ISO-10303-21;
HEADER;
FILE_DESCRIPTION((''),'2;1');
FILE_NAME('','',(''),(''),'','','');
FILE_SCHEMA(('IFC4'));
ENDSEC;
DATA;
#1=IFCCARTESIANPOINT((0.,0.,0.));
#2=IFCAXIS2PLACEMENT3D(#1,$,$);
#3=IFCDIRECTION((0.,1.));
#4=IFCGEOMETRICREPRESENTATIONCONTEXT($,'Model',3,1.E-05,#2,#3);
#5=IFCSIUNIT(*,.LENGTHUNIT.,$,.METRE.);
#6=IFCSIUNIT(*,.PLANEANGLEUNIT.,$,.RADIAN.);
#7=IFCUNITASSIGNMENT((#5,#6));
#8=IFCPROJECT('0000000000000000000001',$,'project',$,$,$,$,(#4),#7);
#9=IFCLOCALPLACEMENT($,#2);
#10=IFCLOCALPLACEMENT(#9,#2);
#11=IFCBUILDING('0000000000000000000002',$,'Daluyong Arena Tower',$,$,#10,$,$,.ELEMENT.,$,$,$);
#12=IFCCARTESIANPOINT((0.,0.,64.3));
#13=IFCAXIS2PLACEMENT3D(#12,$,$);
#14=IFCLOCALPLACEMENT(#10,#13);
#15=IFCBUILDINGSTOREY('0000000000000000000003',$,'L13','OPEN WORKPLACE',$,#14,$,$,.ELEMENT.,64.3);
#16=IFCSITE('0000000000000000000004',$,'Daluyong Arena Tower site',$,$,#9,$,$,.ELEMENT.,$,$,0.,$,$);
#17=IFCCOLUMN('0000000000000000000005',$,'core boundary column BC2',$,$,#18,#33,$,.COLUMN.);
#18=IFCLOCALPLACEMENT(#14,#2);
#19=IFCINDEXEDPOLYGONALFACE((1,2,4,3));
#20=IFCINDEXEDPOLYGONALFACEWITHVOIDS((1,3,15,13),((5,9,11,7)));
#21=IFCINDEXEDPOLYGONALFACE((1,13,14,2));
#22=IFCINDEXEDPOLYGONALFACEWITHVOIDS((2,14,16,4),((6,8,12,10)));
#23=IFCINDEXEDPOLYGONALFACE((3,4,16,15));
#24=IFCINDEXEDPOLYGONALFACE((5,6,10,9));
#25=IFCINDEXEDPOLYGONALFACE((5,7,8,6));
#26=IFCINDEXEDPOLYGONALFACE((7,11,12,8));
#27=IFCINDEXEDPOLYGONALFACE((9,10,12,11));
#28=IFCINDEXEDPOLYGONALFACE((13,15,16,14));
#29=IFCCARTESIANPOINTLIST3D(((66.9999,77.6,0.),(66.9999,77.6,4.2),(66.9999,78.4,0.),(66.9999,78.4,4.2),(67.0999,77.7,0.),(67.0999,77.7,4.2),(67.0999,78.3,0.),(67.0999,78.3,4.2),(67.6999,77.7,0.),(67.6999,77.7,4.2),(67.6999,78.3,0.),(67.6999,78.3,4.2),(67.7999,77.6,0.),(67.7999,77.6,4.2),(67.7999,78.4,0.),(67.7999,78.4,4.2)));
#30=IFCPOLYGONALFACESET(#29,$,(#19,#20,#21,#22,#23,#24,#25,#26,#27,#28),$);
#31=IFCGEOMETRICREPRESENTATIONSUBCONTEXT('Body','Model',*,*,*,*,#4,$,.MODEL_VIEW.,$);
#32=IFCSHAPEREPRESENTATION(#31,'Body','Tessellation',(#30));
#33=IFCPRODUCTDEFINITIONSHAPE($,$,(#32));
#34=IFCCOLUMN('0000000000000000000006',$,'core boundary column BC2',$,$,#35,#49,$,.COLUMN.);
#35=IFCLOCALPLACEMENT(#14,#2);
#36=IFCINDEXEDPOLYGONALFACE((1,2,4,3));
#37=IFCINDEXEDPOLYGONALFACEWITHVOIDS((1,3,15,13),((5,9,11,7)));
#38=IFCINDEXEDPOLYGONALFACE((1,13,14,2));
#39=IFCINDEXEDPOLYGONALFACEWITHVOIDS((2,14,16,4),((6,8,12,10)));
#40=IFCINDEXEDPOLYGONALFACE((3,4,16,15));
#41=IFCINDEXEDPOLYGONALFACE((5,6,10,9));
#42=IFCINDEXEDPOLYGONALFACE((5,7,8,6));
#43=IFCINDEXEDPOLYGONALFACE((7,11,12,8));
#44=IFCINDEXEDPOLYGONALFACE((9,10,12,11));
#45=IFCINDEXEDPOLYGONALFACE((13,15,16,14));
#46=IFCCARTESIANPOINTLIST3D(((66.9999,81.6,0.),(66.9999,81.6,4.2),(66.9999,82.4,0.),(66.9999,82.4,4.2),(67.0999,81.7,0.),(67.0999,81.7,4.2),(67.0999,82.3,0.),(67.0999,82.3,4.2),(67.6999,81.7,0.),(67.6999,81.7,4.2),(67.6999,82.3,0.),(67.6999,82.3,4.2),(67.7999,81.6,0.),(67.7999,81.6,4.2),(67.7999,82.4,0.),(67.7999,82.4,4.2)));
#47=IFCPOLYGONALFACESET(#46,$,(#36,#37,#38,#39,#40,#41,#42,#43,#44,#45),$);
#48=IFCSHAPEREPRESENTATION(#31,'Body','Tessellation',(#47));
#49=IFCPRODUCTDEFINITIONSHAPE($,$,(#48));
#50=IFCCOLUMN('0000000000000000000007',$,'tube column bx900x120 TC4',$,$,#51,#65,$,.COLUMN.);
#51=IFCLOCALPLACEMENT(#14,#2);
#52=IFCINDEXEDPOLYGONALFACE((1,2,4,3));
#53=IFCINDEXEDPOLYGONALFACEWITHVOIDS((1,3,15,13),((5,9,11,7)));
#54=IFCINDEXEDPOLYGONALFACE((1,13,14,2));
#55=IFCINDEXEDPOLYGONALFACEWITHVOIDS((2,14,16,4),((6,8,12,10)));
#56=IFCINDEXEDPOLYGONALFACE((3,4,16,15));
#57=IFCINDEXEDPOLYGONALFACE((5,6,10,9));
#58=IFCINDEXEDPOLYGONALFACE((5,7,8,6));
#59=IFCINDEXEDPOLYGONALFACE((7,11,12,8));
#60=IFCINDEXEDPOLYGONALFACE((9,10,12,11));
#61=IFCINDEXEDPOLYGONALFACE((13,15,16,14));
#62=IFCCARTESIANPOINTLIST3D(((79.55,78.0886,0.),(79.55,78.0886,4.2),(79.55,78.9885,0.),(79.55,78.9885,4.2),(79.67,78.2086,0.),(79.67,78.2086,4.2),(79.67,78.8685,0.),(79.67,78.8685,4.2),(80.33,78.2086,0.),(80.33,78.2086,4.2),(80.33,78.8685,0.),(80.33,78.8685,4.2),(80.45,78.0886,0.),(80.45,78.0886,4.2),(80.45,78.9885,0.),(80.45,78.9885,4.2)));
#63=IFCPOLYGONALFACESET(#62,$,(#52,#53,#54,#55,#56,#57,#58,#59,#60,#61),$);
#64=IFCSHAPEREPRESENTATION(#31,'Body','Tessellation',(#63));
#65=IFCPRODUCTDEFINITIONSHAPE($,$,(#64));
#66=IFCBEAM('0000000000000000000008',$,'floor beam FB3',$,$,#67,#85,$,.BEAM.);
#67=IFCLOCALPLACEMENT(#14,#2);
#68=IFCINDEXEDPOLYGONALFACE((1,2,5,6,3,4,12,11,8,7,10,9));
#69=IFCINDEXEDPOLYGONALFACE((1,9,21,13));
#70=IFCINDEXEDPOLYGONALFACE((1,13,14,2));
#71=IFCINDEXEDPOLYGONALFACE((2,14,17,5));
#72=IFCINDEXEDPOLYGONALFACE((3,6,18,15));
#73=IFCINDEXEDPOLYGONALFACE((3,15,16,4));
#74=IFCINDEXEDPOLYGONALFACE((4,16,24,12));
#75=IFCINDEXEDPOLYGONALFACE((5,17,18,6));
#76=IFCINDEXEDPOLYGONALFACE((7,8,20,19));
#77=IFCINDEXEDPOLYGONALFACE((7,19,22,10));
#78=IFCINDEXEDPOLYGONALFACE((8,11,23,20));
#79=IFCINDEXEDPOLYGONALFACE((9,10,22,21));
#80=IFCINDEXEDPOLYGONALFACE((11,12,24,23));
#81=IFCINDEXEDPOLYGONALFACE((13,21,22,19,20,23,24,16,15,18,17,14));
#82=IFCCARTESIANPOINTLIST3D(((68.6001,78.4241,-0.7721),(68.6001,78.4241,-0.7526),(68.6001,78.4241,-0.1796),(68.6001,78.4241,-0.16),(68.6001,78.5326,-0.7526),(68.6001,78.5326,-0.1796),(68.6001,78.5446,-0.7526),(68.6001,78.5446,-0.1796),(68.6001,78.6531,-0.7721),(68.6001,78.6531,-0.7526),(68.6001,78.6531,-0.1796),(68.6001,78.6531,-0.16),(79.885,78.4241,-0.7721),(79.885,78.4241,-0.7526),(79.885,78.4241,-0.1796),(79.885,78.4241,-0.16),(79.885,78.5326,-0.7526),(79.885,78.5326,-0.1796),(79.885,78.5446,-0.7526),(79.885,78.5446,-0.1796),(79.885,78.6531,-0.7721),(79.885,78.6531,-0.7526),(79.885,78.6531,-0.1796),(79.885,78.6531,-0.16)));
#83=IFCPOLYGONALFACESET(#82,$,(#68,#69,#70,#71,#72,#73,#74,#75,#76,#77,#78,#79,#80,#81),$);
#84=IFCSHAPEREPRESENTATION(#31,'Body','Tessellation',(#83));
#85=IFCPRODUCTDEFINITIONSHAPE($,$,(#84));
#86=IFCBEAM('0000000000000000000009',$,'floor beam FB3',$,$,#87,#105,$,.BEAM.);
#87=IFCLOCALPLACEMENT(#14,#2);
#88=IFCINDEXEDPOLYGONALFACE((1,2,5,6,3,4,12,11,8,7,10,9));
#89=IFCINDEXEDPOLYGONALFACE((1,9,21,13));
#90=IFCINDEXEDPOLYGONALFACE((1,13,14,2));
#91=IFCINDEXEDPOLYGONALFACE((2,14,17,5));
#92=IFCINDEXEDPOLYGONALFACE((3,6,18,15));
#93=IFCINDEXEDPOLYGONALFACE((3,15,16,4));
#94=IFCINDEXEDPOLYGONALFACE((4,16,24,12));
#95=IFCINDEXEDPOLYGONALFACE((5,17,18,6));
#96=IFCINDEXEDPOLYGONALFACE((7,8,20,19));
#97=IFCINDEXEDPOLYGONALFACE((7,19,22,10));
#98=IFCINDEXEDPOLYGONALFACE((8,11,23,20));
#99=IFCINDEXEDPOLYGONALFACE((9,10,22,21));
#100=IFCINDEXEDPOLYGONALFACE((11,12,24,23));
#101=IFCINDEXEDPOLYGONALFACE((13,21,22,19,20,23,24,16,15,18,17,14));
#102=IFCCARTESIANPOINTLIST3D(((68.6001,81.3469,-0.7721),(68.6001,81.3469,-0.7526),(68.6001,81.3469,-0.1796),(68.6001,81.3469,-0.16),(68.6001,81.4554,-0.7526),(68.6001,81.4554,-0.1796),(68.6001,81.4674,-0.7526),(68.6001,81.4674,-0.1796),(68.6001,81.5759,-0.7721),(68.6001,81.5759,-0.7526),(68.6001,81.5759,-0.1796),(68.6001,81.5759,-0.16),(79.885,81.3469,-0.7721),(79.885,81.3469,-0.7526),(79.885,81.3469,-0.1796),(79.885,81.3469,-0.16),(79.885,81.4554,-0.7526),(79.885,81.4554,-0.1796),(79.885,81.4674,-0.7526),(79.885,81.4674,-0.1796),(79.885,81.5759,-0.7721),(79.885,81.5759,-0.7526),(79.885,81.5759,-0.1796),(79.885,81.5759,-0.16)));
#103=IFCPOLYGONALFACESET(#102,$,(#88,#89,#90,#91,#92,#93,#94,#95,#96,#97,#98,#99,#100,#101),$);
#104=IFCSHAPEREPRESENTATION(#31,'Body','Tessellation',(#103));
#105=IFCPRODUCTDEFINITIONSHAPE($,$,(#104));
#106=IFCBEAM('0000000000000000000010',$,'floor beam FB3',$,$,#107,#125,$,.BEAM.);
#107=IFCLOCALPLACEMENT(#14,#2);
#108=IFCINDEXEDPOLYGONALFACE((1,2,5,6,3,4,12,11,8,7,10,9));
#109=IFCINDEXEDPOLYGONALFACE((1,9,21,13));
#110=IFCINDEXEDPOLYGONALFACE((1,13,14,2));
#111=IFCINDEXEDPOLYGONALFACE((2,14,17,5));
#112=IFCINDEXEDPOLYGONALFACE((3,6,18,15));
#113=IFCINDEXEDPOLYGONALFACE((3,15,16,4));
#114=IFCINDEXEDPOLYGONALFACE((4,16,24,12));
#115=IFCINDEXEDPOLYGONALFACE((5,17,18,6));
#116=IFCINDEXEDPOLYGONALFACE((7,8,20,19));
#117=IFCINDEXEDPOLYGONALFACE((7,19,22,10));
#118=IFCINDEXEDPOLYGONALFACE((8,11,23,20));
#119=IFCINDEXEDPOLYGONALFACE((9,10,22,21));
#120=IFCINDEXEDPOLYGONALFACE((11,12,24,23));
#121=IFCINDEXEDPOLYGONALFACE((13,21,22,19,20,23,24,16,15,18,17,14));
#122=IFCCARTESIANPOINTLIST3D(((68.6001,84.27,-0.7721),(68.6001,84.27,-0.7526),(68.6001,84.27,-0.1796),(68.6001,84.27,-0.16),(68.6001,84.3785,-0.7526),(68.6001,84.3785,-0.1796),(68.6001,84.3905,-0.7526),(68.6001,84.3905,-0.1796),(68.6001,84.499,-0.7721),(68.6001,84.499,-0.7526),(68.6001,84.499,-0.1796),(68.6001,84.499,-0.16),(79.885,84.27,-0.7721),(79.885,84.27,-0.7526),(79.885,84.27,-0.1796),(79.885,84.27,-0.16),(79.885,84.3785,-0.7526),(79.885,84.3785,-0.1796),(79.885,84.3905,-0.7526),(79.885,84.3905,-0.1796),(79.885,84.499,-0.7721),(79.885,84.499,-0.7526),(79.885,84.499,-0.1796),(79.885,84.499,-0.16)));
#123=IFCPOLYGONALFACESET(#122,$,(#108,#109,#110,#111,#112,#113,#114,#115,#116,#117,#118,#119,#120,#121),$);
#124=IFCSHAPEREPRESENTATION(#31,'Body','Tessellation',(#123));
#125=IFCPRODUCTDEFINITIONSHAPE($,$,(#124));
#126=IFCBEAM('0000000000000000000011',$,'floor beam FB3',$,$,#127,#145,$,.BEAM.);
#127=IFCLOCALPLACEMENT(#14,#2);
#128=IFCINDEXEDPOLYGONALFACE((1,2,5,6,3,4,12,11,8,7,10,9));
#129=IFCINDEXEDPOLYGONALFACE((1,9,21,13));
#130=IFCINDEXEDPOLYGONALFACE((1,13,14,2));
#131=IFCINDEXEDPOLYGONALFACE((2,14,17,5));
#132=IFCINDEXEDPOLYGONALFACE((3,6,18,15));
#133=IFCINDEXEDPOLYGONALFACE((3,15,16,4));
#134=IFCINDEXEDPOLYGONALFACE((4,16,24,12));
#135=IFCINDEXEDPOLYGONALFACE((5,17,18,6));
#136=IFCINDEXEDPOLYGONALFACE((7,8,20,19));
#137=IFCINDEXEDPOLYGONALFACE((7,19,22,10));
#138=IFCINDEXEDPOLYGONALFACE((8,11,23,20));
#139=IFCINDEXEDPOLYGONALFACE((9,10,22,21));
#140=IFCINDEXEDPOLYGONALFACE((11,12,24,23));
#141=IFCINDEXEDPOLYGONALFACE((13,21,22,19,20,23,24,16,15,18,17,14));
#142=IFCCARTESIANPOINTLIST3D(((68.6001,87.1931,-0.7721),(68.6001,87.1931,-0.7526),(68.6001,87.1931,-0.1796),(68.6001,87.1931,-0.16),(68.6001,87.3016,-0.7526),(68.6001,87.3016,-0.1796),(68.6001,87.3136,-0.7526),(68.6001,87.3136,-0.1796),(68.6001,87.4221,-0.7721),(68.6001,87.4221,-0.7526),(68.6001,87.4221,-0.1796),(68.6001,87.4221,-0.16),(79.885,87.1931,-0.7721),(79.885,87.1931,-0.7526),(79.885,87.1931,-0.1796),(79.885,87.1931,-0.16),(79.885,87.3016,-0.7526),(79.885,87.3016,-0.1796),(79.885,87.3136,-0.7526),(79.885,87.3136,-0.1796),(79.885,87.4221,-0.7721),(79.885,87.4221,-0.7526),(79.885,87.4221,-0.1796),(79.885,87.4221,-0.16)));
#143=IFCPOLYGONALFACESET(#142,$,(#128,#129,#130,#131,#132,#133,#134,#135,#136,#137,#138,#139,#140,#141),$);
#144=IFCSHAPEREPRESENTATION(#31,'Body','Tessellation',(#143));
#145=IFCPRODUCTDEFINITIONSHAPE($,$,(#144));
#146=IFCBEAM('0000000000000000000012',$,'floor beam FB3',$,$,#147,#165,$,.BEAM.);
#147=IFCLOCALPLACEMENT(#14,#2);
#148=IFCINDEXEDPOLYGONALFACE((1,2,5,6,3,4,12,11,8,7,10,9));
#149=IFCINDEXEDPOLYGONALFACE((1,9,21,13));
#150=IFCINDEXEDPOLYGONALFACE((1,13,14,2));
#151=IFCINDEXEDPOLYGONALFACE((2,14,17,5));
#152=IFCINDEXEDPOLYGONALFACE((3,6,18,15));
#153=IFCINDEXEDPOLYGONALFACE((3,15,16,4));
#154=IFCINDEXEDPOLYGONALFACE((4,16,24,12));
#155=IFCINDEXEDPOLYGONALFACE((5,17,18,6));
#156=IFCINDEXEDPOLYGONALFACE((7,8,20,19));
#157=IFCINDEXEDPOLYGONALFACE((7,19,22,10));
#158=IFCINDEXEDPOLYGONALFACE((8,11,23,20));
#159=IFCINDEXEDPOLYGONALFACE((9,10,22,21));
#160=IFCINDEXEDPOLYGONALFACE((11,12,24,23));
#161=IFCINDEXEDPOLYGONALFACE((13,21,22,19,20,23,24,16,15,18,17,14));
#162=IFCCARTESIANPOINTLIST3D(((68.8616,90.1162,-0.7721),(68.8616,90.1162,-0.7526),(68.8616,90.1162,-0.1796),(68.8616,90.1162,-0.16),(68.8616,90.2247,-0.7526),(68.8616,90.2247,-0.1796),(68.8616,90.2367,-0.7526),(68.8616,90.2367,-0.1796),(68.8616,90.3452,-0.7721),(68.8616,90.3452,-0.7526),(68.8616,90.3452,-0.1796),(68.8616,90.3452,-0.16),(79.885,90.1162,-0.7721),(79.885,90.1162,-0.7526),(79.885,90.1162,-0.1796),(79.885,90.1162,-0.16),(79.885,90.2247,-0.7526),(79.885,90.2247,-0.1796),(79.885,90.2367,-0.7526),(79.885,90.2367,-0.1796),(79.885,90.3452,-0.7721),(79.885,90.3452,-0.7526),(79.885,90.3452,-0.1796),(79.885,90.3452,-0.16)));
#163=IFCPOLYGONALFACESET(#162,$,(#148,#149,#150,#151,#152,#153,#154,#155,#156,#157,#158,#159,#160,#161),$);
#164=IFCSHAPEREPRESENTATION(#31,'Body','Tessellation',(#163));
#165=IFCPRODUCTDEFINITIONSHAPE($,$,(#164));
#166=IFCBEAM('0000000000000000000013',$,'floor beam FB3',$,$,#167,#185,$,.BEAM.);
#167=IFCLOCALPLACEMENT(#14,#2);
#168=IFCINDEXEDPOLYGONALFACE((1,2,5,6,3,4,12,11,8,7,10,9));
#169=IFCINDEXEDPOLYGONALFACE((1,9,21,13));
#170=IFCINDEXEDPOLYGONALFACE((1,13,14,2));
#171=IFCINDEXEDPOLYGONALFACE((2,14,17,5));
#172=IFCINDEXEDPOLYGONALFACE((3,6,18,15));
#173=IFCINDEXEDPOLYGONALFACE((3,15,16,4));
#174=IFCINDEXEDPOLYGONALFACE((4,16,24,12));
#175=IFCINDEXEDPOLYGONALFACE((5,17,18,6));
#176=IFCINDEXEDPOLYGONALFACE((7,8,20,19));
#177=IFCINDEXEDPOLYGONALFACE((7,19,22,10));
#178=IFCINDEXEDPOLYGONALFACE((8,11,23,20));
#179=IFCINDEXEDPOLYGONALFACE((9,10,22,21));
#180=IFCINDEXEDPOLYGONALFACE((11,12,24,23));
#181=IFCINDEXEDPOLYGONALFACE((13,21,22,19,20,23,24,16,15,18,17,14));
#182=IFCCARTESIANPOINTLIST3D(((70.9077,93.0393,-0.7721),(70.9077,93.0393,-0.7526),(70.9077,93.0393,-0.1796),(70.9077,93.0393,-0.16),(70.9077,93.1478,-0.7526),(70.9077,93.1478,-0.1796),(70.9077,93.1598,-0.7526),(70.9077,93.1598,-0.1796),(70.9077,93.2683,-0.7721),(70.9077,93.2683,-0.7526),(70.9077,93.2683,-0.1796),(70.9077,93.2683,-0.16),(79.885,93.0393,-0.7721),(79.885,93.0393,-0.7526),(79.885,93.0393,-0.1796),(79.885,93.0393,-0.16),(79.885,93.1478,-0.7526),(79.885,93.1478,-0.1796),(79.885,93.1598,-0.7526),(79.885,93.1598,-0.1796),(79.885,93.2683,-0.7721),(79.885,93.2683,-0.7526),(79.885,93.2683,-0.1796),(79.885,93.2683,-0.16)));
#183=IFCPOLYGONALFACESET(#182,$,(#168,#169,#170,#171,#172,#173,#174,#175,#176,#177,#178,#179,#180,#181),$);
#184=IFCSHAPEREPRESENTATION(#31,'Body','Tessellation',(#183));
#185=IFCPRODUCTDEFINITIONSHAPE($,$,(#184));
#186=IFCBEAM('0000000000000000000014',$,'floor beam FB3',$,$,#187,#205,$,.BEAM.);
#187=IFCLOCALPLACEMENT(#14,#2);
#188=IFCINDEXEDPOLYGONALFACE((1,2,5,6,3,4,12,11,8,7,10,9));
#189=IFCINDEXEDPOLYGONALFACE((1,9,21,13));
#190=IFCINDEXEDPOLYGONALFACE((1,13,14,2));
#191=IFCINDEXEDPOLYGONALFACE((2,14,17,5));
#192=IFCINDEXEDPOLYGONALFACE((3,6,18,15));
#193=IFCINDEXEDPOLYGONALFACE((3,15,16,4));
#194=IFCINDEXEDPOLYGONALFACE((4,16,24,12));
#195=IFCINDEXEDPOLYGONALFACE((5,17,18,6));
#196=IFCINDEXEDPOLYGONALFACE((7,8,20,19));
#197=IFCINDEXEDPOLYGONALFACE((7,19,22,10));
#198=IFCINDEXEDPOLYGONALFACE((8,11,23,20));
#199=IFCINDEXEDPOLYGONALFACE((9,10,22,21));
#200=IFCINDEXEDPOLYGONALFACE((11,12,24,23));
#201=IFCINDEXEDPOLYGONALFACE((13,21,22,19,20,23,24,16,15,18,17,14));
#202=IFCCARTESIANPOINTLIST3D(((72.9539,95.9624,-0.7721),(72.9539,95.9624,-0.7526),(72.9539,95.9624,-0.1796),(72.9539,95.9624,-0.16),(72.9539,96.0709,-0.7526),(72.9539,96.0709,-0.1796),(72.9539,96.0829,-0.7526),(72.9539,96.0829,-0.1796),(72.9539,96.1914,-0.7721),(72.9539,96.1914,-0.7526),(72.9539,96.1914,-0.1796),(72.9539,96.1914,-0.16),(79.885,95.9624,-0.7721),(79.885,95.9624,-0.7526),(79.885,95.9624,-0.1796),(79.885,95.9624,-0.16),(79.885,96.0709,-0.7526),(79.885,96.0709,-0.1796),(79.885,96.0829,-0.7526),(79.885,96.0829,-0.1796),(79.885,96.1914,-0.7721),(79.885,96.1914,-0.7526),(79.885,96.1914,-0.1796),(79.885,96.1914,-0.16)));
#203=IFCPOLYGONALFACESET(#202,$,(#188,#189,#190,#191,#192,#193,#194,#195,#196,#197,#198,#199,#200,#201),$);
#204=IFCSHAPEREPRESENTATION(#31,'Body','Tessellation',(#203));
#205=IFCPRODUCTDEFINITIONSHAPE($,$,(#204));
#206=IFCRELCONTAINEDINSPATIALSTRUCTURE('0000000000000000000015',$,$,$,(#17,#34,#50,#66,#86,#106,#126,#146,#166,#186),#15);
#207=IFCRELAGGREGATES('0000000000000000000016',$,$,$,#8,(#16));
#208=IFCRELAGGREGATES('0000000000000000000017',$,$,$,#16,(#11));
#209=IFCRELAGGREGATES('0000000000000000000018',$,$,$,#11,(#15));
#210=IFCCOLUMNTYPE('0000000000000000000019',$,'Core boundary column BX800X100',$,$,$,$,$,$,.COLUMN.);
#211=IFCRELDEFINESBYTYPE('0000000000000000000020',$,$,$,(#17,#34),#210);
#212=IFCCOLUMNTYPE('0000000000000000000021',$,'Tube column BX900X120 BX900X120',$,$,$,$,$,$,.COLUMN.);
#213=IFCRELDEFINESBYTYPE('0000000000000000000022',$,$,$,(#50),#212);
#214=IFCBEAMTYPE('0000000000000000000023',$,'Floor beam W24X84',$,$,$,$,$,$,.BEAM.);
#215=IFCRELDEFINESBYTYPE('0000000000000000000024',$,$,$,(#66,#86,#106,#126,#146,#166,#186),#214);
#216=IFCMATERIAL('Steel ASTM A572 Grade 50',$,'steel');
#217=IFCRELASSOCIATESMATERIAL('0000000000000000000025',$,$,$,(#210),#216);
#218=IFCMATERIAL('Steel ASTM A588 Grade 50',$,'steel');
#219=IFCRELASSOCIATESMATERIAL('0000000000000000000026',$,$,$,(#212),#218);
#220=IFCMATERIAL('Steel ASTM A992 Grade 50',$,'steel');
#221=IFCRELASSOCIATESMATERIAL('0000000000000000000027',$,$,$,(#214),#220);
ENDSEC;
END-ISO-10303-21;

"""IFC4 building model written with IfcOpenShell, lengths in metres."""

from ifc_helpers import new_model, si_unit, direction, frame, origin, origin_2d, place, context, subcontext, project, spatial, hollow_rectangle, i_section, extrude, material, material_profile, profile_set, type_object, element, save


model = new_model("IFC4")

# Units and contexts
model_context = context("Model", 3, precision=1e-05, world=origin(), true_north=direction((0.0, 1.0)))
body_context = subcontext(model_context, "Body", "Model", "MODEL_VIEW")
ifc_project = project(units=[si_unit("LENGTHUNIT", "METRE"), si_unit("PLANEANGLEUNIT", "RADIAN")], contexts=[model_context])

# Site, building, storey
site_placement = place(None, origin())
site = spatial("IfcSite", under=ifc_project, at=site_placement, Name="Daluyong Arena Tower site", CompositionType="ELEMENT", RefElevation=0.0)
building_placement = place(site_placement, origin())
building = spatial("IfcBuilding", under=site, at=building_placement, Name="Daluyong Arena Tower", CompositionType="ELEMENT")
storey_placement = place(building_placement, frame((0.0, 0.0, 64.3)))
storey = spatial("IfcBuildingStorey", under=building, at=storey_placement, Name="L13", Description="OPEN WORKPLACE", CompositionType="ELEMENT", Elevation=64.3)

# Columns
ifc_material_1 = material(Name="Steel ASTM A572 Grade 50", Category="steel")
ifc_material_profile_1 = material_profile(ifc_material_1, hollow_rectangle(XDim=0.8, YDim=0.8, WallThickness=0.1, at=origin_2d()))
ifc_profile_set_1 = profile_set([ifc_material_profile_1], Name="Steel ASTM A572 Grade 50")
column_type_1 = type_object("IfcColumnType", Name="Core boundary column BX800X100", PredefinedType="COLUMN", material=ifc_profile_set_1)
for number, where, z_axis, x_axis, name in (
    (1, (67.3999, 78.0, 0.0), (0.0, 0.0, 1.0), (1.0, 0.0, 0.0), "core boundary column BC2"),
    (2, (67.3999, 82.0, 0.0), (0.0, 0.0, 1.0), (1.0, 0.0, 0.0), "core boundary column BC2"),
):
    element("IfcColumn", number, at=place(storey_placement, frame(where, z_axis=z_axis, x_axis=x_axis)), inside=storey, type_object=column_type_1, Name=name, PredefinedType="COLUMN", context=body_context, shape_type="SweptSolid", body=[
        extrude(hollow_rectangle(XDim=0.8, YDim=0.8, WallThickness=0.1, at=origin_2d()), origin(), (0.0, 0.0, 1.0), 4.2),
    ])
ifc_material_2 = material(Name="Steel ASTM A588 Grade 50", Category="steel")
ifc_material_profile_2 = material_profile(ifc_material_2, hollow_rectangle(XDim=0.8999, YDim=0.8999, WallThickness=0.12, at=origin_2d()))
ifc_profile_set_2 = profile_set([ifc_material_profile_2], Name="Steel ASTM A588 Grade 50")
column_type_2 = type_object("IfcColumnType", Name="Tube column BX900X120 BX900X120", PredefinedType="COLUMN", material=ifc_profile_set_2)
column_placement = place(storey_placement, frame((80.0, 78.5386, 0.0), z_axis=(0.0, 0.0, 1.0), x_axis=(0.0, 1.0, 0.0)))
element("IfcColumn", 3, at=column_placement, inside=storey, type_object=column_type_2, Name="tube column bx900x120 TC4", PredefinedType="COLUMN", context=body_context, shape_type="SweptSolid", body=[
    extrude(hollow_rectangle(XDim=0.8999, YDim=0.8999, WallThickness=0.12, at=origin_2d()), origin(), (0.0, 0.0, 1.0), 4.2),
])

# Beams
ifc_material_3 = material(Name="Steel ASTM A992 Grade 50", Category="steel")
ifc_material_profile_3 = material_profile(ifc_material_3, i_section(OverallWidth=0.229, OverallDepth=0.6121, WebThickness=0.012, FlangeThickness=0.0195, at=origin_2d()))
ifc_profile_set_3 = profile_set([ifc_material_profile_3], Name="Steel ASTM A992 Grade 50")
beam_type_1 = type_object("IfcBeamType", Name="Floor beam W24X84", PredefinedType="BEAM", material=ifc_profile_set_3)
for number, where, z_axis, x_axis, name in (
    (4, (79.885, 78.5386, -0.4661), (-1.0, 0.0, 0.0), (0.0, -1.0, 0.0), "floor beam FB3"),
    (5, (79.885, 81.4614, -0.4661), (-1.0, 0.0, 0.0), (0.0, -1.0, 0.0), "floor beam FB3"),
    (6, (79.885, 84.3845, -0.4661), (-1.0, 0.0, 0.0), (0.0, -1.0, 0.0), "floor beam FB3"),
    (7, (79.885, 87.3076, -0.4661), (-1.0, 0.0, 0.0), (0.0, -1.0, 0.0), "floor beam FB3"),
):
    element("IfcBeam", number, at=place(storey_placement, frame(where, z_axis=z_axis, x_axis=x_axis)), inside=storey, type_object=beam_type_1, Name=name, PredefinedType="BEAM", context=body_context, shape_type="SweptSolid", body=[
        extrude(i_section(OverallWidth=0.229, OverallDepth=0.6121, WebThickness=0.012, FlangeThickness=0.0195, at=origin_2d()), origin(), (0.0, 0.0, 1.0), 11.2849),
    ])
beam_1_placement = place(storey_placement, frame((79.885, 90.2307, -0.4661), z_axis=(-1.0, 0.0, 0.0), x_axis=(0.0, -1.0, 0.0)))
element("IfcBeam", 8, at=beam_1_placement, inside=storey, type_object=beam_type_1, Name="floor beam FB3", PredefinedType="BEAM", context=body_context, shape_type="SweptSolid", body=[
    extrude(i_section(OverallWidth=0.229, OverallDepth=0.6121, WebThickness=0.012, FlangeThickness=0.0195, at=origin_2d()), origin(), (0.0, 0.0, 1.0), 11.0234),
])
beam_2_placement = place(storey_placement, frame((79.885, 93.1538, -0.4661), z_axis=(-1.0, 0.0, 0.0), x_axis=(0.0, -1.0, 0.0)))
element("IfcBeam", 9, at=beam_2_placement, inside=storey, type_object=beam_type_1, Name="floor beam FB3", PredefinedType="BEAM", context=body_context, shape_type="SweptSolid", body=[
    extrude(i_section(OverallWidth=0.229, OverallDepth=0.6121, WebThickness=0.012, FlangeThickness=0.0195, at=origin_2d()), origin(), (0.0, 0.0, 1.0), 8.9773),
])
beam_3_placement = place(storey_placement, frame((79.885, 96.0769, -0.4661), z_axis=(-1.0, 0.0, 0.0), x_axis=(0.0, -1.0, 0.0)))
element("IfcBeam", 10, at=beam_3_placement, inside=storey, type_object=beam_type_1, Name="floor beam FB3", PredefinedType="BEAM", context=body_context, shape_type="SweptSolid", body=[
    extrude(i_section(OverallWidth=0.229, OverallDepth=0.6121, WebThickness=0.012, FlangeThickness=0.0195, at=origin_2d()), origin(), (0.0, 0.0, 1.0), 6.9312),
])

save(model, "model.ifc")
